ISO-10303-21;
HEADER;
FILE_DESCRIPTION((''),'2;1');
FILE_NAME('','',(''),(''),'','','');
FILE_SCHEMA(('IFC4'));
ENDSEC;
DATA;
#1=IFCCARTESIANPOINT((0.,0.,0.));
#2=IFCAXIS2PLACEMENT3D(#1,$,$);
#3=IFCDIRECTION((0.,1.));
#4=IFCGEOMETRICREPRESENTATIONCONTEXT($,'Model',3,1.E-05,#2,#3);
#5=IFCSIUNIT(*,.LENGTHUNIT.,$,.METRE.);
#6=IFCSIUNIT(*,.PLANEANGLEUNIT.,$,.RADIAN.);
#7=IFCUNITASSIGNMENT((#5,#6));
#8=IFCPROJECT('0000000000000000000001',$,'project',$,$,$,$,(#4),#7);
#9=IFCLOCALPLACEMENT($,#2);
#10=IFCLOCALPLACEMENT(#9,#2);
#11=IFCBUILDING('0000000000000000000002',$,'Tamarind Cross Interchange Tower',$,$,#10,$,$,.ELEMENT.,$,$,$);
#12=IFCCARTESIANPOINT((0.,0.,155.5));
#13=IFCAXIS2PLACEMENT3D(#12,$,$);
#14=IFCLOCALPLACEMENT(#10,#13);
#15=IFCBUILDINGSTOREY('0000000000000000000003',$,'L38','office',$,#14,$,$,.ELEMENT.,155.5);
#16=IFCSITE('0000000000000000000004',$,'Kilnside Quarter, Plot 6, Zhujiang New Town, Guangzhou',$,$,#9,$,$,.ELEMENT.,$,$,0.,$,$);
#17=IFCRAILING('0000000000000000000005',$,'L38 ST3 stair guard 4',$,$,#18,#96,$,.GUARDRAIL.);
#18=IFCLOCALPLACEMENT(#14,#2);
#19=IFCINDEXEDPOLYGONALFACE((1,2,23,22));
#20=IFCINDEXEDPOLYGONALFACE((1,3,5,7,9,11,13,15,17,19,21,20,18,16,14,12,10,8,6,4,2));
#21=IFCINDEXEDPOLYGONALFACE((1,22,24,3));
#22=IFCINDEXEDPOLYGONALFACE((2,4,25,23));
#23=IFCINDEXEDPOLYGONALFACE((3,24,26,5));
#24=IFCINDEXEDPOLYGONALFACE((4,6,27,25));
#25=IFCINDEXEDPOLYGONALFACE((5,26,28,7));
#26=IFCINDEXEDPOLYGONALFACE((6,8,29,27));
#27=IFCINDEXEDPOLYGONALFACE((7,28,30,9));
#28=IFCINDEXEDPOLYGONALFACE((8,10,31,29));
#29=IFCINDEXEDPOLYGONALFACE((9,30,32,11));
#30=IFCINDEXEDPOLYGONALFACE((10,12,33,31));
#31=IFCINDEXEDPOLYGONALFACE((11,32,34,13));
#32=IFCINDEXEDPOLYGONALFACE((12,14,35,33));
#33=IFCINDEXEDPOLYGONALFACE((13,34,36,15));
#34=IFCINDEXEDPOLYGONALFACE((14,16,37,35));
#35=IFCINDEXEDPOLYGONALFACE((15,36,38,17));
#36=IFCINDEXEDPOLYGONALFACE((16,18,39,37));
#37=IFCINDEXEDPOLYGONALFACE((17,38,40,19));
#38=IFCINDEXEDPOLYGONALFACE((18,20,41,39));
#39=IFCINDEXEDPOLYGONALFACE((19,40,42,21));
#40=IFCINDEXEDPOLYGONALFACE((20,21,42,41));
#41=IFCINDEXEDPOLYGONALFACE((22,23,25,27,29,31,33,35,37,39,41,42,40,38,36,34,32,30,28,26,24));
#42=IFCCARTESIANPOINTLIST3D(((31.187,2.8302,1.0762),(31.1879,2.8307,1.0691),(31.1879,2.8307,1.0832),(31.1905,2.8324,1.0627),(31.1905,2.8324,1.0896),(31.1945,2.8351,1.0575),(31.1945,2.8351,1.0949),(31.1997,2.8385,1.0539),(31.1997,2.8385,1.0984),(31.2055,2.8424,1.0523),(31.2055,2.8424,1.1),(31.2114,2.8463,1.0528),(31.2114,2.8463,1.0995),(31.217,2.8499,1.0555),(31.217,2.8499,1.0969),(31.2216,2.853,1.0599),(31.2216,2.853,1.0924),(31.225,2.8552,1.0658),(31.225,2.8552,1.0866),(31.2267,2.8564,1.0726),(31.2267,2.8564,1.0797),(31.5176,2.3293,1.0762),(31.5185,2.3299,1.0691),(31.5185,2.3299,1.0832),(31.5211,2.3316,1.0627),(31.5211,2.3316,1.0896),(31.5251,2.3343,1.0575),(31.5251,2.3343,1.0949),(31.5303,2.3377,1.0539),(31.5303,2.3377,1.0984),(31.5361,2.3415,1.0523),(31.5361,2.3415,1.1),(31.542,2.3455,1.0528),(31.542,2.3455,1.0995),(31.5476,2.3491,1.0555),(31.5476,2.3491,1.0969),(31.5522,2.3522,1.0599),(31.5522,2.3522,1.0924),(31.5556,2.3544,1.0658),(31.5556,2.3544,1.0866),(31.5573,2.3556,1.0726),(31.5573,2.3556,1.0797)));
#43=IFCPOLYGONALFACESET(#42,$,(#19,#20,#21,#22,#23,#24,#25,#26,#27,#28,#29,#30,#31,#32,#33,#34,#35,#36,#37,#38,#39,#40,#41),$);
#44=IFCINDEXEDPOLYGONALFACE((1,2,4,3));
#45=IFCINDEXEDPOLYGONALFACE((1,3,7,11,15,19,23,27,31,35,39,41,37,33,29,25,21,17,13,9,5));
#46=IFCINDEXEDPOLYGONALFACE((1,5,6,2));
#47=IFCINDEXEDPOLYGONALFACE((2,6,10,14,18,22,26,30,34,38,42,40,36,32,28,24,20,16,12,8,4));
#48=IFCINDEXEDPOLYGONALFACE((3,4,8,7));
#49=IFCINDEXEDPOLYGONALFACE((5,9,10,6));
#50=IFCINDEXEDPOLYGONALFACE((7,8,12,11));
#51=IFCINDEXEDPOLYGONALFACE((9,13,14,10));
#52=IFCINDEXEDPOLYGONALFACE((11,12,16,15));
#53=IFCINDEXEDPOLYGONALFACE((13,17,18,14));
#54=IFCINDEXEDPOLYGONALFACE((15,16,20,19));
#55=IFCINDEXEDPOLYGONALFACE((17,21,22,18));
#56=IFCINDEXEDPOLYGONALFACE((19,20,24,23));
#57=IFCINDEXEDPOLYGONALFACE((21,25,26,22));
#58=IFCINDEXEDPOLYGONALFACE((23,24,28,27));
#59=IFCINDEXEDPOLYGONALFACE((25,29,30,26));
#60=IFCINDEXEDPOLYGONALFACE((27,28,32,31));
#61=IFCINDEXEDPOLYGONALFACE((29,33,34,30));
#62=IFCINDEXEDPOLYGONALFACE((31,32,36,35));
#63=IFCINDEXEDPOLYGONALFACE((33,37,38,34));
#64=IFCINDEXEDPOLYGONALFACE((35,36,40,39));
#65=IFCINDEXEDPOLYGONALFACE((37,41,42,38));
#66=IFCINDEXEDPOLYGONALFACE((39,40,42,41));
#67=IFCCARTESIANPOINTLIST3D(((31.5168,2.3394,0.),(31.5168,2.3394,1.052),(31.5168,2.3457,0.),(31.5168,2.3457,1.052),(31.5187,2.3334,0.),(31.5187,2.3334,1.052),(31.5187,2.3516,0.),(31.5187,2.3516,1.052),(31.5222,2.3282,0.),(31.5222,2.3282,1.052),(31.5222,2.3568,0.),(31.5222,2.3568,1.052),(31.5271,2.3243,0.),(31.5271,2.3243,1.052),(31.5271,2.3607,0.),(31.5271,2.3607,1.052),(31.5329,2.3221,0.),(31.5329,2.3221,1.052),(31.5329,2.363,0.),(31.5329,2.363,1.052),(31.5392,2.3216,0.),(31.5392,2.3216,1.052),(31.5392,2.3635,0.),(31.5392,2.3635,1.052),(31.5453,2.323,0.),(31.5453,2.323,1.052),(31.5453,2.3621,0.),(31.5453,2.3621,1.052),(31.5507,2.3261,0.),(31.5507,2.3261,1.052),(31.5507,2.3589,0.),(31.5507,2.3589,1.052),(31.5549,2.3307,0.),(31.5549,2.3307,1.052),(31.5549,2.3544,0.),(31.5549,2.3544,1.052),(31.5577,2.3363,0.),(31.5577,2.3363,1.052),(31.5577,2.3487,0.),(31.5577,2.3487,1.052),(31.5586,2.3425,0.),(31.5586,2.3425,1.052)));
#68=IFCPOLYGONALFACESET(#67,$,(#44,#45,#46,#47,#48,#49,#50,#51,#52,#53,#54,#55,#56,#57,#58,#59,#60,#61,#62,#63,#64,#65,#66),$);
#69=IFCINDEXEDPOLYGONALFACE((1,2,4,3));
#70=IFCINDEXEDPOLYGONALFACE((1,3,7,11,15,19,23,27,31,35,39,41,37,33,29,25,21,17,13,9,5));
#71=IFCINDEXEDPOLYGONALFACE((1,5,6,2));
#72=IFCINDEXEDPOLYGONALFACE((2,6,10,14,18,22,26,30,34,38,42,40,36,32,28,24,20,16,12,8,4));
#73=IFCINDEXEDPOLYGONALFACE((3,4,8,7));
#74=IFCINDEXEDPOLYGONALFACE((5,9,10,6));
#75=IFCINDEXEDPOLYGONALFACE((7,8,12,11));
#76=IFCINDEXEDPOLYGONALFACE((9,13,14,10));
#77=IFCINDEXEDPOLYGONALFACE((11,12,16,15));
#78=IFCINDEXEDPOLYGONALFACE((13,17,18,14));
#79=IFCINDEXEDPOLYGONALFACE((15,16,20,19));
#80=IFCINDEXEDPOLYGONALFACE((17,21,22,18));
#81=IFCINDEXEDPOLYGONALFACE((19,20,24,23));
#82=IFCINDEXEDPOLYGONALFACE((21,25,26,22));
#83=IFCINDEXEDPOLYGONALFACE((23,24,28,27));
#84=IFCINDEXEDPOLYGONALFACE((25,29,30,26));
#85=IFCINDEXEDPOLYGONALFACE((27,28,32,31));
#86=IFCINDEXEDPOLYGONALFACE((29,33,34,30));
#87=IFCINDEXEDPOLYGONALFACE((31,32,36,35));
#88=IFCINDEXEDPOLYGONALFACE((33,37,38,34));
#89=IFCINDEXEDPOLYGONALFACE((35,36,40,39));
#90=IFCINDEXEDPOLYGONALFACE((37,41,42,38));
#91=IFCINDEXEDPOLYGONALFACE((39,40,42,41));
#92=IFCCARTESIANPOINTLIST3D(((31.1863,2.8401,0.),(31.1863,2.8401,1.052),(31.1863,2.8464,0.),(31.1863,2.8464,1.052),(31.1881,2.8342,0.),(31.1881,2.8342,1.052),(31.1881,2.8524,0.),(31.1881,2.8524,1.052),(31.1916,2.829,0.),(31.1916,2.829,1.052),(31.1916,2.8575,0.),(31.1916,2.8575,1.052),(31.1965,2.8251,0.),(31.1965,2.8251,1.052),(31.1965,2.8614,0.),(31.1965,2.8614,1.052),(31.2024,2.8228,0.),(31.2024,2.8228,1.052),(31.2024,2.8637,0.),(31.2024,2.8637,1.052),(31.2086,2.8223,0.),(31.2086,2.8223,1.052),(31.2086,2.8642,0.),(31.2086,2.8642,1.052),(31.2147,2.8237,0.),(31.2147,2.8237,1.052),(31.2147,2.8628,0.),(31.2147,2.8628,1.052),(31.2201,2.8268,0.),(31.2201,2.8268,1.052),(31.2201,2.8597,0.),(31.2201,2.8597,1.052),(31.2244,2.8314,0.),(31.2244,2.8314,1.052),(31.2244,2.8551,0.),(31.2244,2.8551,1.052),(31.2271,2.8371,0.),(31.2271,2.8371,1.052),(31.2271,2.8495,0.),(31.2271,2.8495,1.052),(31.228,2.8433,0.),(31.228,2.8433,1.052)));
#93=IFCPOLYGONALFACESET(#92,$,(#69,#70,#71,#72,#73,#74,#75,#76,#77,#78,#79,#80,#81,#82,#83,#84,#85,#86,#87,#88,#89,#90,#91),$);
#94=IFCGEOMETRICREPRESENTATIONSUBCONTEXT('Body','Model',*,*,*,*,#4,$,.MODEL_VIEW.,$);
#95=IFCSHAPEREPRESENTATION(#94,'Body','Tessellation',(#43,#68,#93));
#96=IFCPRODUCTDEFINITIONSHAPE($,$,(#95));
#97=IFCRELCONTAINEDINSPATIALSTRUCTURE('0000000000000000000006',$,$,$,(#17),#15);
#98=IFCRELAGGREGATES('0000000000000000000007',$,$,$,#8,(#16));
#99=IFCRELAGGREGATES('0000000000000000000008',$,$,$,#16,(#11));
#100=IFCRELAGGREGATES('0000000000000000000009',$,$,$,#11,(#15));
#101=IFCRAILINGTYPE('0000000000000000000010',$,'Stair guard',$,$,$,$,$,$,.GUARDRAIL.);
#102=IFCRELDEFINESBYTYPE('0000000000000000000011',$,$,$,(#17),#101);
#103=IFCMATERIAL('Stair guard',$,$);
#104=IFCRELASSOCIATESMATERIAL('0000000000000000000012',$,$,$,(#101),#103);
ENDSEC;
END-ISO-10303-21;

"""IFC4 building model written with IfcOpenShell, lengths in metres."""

from ifc_helpers import new_model, si_unit, direction, frame, origin, origin_2d, place, context, subcontext, project, spatial, circle, extrude, material, type_object, element, save


model = new_model("IFC4")

# Units and contexts
model_context = context("Model", 3, precision=1e-05, world=origin(), true_north=direction((0.0, 1.0)))
body_context = subcontext(model_context, "Body", "Model", "MODEL_VIEW")
ifc_project = project(units=[si_unit("LENGTHUNIT", "METRE"), si_unit("PLANEANGLEUNIT", "RADIAN")], contexts=[model_context])

# Site, building, storey
site_placement = place(None, origin())
site = spatial("IfcSite", under=ifc_project, at=site_placement, Name="Kilnside Quarter, Plot 6, Zhujiang New Town, Guangzhou", CompositionType="ELEMENT", RefElevation=0.0)
building_placement = place(site_placement, origin())
building = spatial("IfcBuilding", under=site, at=building_placement, Name="Tamarind Cross Interchange Tower", CompositionType="ELEMENT")
storey_placement = place(building_placement, frame((0.0, 0.0, 155.5)))
storey = spatial("IfcBuildingStorey", under=building, at=storey_placement, Name="L38", Description="office", CompositionType="ELEMENT", Elevation=155.5)

# Railing
ifc_material_1 = material(Name="Stair guard")
railing_type_1 = type_object("IfcRailingType", Name="Stair guard", PredefinedType="GUARDRAIL", material=ifc_material_1)
railing_1_placement = place(storey_placement, frame((31.5376, 2.3425, 0.0)))
element("IfcRailing", 1, at=railing_1_placement, inside=storey, type_object=railing_type_1, Name="L38 ST3 stair guard 4", PredefinedType="GUARDRAIL", context=body_context, shape_type="SweptSolid", body=[
    extrude(circle(Radius=0.0239, at=origin_2d()), frame((0.0, 0.0, 1.0762), z_axis=(-0.550939, 0.834546, 0.0), x_axis=(-0.834546, -0.550939, 0.0)), (0.0, 0.0, 1.0), 0.6001),
    extrude(circle(Radius=0.021, at=origin_2d()), origin(), (0.0, 0.0, 1.0), 1.052),
    extrude(circle(Radius=0.021, at=origin_2d()), frame((-0.3306, 0.5007, 0.0)), (0.0, 0.0, 1.0), 1.052),
])

save(model, "model.ifc")
